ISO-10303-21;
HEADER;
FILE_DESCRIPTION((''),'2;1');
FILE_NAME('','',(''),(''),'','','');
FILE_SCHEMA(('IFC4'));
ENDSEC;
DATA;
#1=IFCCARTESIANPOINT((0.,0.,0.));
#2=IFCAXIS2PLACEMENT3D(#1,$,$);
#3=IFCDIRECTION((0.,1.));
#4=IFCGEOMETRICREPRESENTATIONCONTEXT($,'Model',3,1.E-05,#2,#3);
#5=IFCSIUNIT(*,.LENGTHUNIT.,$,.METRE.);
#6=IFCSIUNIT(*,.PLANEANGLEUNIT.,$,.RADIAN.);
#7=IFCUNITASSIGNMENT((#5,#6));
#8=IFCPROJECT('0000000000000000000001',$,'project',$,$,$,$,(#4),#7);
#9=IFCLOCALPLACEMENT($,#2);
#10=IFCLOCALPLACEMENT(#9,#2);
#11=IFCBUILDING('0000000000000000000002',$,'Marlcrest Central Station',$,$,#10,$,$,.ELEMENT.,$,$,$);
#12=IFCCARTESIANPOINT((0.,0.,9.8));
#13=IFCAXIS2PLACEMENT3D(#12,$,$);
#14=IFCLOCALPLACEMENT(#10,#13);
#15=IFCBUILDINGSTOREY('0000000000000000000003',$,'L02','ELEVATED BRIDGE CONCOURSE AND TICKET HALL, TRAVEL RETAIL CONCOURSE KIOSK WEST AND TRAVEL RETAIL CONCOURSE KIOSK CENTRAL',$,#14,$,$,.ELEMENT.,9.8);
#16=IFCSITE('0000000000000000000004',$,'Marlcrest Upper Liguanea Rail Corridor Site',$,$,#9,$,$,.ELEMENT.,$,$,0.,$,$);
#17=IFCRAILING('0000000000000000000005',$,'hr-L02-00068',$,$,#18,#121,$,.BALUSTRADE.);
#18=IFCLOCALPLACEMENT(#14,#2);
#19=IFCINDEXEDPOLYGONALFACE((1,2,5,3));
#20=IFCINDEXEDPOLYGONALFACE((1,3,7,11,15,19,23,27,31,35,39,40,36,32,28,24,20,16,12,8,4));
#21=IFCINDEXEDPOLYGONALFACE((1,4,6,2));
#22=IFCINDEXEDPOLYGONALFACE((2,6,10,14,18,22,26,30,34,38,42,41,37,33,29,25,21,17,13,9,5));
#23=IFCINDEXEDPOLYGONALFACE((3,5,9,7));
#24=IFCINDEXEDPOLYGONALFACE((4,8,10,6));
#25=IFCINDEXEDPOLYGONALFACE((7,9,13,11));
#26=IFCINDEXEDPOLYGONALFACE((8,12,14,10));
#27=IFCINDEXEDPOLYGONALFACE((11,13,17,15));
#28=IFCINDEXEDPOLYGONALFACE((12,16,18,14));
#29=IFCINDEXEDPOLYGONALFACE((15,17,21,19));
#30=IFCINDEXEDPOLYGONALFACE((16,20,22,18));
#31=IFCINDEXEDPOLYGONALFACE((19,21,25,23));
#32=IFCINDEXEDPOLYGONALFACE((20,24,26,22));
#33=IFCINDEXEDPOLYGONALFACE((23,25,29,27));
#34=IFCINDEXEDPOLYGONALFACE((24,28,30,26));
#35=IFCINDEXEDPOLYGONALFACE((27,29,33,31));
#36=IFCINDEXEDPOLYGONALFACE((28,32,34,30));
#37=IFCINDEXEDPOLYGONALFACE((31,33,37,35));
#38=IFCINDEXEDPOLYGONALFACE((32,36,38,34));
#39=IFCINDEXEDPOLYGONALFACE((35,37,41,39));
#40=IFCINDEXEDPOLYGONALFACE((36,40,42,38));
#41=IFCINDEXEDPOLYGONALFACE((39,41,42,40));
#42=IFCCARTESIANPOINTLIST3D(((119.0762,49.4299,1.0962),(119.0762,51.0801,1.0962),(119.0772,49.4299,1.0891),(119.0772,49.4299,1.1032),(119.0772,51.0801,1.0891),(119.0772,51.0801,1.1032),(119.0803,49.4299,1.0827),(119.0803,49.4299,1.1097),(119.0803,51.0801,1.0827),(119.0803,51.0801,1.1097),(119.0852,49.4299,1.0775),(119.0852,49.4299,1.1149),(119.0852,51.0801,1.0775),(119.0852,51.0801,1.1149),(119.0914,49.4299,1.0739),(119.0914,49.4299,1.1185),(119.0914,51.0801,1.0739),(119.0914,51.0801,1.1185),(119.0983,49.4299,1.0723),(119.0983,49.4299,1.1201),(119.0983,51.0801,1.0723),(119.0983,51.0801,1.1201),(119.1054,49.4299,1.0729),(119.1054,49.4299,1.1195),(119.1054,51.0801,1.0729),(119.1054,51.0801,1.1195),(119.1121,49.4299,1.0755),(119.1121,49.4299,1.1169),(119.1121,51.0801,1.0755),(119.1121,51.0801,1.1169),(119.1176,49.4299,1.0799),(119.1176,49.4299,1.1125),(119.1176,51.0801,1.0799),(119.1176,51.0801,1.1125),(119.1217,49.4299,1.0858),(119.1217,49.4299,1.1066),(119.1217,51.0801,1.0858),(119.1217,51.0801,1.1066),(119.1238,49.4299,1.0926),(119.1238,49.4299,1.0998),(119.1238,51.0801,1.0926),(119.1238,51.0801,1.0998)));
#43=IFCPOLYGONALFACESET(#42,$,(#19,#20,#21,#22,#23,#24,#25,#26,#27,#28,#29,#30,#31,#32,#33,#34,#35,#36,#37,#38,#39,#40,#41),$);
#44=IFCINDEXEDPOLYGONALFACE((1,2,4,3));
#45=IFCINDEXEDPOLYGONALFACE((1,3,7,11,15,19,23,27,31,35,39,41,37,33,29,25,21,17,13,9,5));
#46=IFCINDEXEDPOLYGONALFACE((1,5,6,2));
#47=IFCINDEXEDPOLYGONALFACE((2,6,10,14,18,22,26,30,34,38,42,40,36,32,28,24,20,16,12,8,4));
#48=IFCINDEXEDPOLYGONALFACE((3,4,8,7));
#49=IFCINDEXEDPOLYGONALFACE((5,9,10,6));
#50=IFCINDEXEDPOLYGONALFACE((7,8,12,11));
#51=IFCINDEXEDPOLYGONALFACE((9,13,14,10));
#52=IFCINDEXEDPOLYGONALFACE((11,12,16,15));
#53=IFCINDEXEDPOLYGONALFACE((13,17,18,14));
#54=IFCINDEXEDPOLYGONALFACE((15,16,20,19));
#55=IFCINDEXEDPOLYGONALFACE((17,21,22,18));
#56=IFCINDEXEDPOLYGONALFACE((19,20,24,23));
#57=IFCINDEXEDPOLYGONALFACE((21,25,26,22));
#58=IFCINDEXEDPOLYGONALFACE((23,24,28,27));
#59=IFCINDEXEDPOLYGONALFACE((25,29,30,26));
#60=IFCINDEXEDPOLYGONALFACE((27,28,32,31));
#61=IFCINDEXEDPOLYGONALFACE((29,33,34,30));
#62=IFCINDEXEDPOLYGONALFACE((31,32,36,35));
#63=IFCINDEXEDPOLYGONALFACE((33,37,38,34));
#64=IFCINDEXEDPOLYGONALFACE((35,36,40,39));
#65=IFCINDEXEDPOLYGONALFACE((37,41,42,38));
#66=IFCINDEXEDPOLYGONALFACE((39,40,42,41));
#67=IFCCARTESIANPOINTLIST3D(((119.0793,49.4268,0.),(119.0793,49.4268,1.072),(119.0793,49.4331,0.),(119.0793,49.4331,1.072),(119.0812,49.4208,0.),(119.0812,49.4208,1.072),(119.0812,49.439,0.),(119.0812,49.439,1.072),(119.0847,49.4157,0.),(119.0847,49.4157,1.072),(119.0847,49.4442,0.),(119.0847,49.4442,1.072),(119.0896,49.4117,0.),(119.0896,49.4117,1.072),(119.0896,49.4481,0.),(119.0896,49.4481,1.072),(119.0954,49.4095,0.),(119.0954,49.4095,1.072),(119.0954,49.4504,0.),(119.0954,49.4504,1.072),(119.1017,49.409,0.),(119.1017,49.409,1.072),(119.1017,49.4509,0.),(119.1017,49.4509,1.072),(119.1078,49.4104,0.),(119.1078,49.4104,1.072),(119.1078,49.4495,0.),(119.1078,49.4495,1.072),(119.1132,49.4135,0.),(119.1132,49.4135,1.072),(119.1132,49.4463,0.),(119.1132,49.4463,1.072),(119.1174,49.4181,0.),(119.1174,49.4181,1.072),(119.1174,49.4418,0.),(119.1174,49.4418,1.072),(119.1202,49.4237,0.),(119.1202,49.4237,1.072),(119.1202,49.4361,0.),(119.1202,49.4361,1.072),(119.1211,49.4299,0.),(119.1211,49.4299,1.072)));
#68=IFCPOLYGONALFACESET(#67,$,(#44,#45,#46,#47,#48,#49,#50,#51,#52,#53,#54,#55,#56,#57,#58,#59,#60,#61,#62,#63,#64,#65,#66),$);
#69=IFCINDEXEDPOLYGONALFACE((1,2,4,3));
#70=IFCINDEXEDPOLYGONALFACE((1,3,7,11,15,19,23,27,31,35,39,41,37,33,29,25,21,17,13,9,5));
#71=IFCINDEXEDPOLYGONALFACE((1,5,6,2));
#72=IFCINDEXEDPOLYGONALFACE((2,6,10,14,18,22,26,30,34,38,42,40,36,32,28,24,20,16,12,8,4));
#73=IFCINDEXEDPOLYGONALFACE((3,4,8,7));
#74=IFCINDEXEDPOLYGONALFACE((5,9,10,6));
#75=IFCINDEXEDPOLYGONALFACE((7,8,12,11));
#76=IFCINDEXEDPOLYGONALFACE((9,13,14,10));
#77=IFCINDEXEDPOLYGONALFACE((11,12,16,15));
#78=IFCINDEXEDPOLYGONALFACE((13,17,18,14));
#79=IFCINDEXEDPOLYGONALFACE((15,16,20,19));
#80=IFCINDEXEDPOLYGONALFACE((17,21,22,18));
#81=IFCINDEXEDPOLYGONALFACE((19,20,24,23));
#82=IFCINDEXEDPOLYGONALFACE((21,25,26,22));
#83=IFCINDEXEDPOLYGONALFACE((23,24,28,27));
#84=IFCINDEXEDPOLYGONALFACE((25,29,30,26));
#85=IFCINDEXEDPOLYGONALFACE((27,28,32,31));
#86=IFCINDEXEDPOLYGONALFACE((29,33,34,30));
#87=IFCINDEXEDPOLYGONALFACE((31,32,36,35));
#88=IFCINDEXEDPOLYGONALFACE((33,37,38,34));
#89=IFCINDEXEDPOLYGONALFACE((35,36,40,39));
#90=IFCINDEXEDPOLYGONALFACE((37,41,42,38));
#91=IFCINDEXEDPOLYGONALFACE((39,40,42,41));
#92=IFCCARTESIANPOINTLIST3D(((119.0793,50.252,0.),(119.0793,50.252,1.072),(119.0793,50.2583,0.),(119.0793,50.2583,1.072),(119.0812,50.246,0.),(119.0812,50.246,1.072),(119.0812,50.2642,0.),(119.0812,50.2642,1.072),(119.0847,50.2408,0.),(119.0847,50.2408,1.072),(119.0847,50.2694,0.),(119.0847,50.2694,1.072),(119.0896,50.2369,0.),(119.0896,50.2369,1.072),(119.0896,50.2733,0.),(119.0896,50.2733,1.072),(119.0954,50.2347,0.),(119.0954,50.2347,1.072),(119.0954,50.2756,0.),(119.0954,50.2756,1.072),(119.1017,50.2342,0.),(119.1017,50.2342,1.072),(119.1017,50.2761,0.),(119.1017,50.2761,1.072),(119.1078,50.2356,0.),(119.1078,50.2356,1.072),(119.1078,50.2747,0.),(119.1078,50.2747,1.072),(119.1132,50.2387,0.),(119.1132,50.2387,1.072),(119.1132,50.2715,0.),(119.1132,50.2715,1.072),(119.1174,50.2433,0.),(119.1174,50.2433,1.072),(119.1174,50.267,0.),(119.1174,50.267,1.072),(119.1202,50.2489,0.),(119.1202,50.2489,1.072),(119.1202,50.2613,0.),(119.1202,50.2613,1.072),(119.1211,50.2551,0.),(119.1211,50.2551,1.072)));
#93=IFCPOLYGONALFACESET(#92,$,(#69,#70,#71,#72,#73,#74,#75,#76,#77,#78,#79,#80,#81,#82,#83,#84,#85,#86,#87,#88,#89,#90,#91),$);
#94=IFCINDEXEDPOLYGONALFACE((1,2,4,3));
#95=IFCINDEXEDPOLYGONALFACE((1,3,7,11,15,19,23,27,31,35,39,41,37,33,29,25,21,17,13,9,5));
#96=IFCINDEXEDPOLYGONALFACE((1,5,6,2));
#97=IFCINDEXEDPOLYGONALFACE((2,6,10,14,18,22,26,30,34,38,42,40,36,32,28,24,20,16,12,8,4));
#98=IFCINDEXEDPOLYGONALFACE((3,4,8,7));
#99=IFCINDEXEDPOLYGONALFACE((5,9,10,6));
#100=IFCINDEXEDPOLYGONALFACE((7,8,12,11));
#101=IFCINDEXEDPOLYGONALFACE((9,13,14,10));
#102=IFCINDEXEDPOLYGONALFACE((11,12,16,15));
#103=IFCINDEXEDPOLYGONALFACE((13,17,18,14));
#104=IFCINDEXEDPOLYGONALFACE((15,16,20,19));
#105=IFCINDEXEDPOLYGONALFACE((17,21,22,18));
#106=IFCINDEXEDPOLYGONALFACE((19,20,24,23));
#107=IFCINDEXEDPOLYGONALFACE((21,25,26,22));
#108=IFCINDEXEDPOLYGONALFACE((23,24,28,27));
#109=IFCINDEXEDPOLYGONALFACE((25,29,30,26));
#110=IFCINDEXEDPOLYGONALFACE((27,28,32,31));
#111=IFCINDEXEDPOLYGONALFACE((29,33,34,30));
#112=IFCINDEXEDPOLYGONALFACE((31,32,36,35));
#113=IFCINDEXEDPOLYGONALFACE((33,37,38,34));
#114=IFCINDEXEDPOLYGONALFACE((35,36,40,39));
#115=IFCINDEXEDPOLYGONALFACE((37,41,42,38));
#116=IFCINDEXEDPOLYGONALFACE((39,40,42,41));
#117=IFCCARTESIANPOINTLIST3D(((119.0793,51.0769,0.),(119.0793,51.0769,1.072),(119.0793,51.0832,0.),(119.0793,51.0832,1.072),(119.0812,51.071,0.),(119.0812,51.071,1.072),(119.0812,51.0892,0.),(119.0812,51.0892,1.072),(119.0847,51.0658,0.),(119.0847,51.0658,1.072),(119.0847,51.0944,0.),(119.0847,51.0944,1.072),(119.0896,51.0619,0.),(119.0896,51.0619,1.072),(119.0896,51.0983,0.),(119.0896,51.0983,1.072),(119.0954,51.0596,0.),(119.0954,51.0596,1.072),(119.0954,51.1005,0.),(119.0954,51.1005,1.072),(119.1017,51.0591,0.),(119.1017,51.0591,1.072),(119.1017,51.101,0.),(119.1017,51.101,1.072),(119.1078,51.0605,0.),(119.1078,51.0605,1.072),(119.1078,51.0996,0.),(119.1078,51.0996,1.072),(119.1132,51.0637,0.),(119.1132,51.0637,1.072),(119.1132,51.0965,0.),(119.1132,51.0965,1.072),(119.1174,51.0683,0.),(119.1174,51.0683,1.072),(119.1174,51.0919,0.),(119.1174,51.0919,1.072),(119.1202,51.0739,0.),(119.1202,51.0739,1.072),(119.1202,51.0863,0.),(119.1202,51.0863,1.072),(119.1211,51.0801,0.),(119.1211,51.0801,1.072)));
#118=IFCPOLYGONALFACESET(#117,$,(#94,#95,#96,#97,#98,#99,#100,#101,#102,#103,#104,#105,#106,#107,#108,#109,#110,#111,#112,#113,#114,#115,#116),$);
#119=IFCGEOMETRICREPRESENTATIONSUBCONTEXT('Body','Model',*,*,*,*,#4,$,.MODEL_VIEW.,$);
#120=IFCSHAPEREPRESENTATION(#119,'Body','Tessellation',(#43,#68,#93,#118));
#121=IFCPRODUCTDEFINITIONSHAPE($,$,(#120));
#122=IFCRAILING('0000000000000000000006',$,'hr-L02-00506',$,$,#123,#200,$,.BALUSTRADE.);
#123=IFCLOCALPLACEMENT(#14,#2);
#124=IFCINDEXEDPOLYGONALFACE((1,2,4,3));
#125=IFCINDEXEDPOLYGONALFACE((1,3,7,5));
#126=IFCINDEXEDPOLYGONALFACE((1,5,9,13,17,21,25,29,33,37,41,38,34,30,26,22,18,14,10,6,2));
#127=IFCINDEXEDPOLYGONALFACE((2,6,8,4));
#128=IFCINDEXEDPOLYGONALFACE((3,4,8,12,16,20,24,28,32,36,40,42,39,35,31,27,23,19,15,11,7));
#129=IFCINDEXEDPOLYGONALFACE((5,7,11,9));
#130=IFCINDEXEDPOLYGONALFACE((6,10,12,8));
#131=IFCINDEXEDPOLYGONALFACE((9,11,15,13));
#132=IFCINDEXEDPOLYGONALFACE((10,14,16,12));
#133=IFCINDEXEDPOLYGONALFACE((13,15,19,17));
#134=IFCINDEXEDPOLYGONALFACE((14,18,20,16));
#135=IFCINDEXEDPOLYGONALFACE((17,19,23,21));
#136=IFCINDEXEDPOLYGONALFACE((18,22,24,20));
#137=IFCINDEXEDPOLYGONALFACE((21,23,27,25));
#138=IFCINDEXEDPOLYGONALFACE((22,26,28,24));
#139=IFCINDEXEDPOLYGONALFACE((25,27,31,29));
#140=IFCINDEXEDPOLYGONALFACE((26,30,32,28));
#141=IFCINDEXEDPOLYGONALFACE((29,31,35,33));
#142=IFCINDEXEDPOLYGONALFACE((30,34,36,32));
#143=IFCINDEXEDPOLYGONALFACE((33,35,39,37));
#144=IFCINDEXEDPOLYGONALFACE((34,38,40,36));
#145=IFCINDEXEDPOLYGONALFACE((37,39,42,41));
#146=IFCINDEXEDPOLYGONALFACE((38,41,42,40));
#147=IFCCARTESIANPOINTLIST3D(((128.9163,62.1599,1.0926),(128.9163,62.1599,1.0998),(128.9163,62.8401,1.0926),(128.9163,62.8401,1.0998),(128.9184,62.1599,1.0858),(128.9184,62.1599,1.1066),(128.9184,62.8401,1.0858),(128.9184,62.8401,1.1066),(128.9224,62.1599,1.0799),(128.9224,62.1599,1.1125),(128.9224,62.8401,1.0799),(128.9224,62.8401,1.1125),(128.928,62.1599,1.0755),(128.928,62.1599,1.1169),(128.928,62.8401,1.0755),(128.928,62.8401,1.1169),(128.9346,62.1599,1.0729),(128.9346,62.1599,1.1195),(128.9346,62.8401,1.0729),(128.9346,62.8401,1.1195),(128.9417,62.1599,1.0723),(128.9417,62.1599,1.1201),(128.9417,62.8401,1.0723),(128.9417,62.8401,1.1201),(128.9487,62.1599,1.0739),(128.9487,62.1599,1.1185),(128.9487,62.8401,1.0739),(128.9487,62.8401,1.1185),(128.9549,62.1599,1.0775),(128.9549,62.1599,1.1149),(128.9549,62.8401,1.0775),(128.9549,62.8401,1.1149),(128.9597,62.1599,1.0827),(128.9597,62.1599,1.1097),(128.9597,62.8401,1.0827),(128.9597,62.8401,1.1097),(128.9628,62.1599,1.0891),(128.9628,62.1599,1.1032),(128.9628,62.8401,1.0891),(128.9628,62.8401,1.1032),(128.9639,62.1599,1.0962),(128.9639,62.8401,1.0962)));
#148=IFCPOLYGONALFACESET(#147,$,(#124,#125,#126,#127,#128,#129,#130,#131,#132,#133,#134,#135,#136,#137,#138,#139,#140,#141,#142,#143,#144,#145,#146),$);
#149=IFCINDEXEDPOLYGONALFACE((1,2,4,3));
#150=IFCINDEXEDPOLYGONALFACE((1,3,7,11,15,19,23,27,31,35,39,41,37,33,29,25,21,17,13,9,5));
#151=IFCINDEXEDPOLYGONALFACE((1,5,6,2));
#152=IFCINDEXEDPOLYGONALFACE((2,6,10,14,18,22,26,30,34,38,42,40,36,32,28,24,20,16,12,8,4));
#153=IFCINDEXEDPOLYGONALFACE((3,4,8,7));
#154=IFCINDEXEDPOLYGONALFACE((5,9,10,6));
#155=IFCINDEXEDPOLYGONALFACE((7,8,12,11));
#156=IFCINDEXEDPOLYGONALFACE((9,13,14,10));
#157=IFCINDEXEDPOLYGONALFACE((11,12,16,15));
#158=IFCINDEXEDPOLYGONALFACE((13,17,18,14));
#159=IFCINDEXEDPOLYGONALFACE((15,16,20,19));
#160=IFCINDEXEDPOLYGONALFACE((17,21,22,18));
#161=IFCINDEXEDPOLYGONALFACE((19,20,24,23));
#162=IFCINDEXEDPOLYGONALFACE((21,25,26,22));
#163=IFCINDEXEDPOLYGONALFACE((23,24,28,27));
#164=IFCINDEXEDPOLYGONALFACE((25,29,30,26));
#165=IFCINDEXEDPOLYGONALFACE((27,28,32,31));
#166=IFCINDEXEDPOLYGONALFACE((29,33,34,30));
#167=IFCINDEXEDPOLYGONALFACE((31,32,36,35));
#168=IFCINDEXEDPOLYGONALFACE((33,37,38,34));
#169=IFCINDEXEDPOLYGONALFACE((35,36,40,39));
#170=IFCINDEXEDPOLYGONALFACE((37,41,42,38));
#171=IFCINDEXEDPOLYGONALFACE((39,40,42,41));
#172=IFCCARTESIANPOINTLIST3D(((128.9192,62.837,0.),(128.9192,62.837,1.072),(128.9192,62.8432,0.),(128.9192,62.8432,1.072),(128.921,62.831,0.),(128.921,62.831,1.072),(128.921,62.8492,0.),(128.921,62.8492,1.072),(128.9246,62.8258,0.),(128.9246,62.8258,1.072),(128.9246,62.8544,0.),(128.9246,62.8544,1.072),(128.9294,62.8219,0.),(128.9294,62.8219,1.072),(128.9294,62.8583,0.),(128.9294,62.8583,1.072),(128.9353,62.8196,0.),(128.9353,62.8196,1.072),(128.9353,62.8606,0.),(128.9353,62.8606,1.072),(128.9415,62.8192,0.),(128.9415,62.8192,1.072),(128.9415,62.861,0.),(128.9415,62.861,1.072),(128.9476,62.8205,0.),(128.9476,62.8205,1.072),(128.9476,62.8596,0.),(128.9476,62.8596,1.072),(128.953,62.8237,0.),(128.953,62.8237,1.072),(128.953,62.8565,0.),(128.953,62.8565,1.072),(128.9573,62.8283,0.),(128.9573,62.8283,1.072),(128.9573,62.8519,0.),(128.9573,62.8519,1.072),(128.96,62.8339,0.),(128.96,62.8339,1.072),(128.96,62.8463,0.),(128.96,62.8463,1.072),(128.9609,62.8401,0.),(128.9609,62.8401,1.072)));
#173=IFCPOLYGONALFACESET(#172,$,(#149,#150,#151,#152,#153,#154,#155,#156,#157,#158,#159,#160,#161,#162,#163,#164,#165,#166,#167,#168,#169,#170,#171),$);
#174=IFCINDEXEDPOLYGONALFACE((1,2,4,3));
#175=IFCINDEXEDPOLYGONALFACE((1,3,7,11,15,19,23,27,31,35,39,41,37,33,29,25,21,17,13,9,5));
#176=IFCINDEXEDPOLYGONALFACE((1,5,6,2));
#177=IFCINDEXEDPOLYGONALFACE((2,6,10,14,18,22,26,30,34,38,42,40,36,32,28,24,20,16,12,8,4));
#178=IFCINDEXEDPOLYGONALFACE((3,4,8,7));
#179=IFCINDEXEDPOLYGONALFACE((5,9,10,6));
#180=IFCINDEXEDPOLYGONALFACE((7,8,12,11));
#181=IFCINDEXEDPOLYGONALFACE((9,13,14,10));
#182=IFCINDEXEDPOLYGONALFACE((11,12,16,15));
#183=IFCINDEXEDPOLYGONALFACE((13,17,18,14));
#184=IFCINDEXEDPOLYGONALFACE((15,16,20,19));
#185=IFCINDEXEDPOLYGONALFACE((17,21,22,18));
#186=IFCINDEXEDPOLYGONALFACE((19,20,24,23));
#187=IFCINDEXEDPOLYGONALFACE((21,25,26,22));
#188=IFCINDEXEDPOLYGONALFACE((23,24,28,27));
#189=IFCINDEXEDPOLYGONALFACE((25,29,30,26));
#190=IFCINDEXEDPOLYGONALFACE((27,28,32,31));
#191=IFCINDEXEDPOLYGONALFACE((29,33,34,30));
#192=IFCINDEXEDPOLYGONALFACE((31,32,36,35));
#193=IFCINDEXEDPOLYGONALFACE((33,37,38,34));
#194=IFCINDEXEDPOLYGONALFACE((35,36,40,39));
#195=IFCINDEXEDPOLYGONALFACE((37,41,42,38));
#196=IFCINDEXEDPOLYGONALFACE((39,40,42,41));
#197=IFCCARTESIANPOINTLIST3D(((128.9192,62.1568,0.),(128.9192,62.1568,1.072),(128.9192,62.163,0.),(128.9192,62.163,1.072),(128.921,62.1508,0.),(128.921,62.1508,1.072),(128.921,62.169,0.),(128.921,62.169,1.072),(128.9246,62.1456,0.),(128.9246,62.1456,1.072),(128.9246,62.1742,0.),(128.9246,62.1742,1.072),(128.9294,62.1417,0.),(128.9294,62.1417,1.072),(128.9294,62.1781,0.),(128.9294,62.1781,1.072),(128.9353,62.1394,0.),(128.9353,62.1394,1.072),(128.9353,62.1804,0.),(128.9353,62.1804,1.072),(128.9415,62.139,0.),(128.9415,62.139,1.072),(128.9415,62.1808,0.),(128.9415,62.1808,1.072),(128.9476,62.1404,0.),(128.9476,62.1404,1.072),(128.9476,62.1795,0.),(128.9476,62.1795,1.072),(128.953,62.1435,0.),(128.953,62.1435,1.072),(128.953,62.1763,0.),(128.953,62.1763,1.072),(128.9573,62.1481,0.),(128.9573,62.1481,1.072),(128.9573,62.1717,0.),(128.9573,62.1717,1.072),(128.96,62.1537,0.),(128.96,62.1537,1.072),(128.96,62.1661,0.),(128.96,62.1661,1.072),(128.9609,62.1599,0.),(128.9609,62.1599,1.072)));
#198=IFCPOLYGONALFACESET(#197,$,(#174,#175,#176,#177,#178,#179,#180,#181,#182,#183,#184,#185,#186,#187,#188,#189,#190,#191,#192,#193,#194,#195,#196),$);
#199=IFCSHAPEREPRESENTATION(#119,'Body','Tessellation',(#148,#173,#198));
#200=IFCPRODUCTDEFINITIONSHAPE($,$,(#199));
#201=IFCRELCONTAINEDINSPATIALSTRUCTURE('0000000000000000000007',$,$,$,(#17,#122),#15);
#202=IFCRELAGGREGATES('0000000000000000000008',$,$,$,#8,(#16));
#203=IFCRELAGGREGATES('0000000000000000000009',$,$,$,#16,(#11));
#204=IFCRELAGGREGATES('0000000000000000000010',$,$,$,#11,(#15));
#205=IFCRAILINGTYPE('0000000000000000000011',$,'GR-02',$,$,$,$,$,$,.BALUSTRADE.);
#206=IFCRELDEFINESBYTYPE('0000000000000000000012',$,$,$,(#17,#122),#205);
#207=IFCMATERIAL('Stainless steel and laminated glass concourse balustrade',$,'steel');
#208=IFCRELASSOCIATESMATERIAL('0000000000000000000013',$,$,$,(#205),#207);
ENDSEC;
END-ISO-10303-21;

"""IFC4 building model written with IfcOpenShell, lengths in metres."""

from ifc_helpers import new_model, si_unit, direction, frame, origin, origin_2d, place, context, subcontext, project, spatial, circle, extrude, material, type_object, element, save


model = new_model("IFC4")

# Units and contexts
model_context = context("Model", 3, precision=1e-05, world=origin(), true_north=direction((0.0, 1.0)))
body_context = subcontext(model_context, "Body", "Model", "MODEL_VIEW")
ifc_project = project(units=[si_unit("LENGTHUNIT", "METRE"), si_unit("PLANEANGLEUNIT", "RADIAN")], contexts=[model_context])

# Site, building, storey
site_placement = place(None, origin())
site = spatial("IfcSite", under=ifc_project, at=site_placement, Name="Marlcrest Upper Liguanea Rail Corridor Site", CompositionType="ELEMENT", RefElevation=0.0)
building_placement = place(site_placement, origin())
building = spatial("IfcBuilding", under=site, at=building_placement, Name="Marlcrest Central Station", CompositionType="ELEMENT")
storey_placement = place(building_placement, frame((0.0, 0.0, 9.8)))
storey = spatial("IfcBuildingStorey", under=building, at=storey_placement, Name="L02", Description="ELEVATED BRIDGE CONCOURSE AND TICKET HALL, TRAVEL RETAIL CONCOURSE KIOSK WEST AND TRAVEL RETAIL CONCOURSE KIOSK CENTRAL", CompositionType="ELEMENT", Elevation=9.8)

# Railings
ifc_material_1 = material(Name="Stainless steel and laminated glass concourse balustrade", Category="steel")
railing_type = type_object("IfcRailingType", Name="GR-02", PredefinedType="BALUSTRADE", material=ifc_material_1)
railing_1_placement = place(storey_placement, frame((119.1001, 49.4299, 0.0)))
element("IfcRailing", 1, at=railing_1_placement, inside=storey, type_object=railing_type, Name="hr-L02-00068", PredefinedType="BALUSTRADE", context=body_context, shape_type="SweptSolid", body=[
    extrude(circle(Radius=0.0239, at=origin_2d()), frame((0.0, 0.0, 1.0962), z_axis=(0.0, 1.0, 0.0), x_axis=(-1.0, 0.0, 0.0)), (0.0, 0.0, 1.0), 1.6501),
    extrude(circle(Radius=0.021, at=origin_2d()), origin(), (0.0, 0.0, 1.0), 1.072),
    extrude(circle(Radius=0.021, at=origin_2d()), frame((0.0, 0.8252, 0.0)), (0.0, 0.0, 1.0), 1.072),
    extrude(circle(Radius=0.021, at=origin_2d()), frame((0.0, 1.6501, 0.0)), (0.0, 0.0, 1.0), 1.072),
])
for number, where, name in (
    (2, (128.9399, 62.8401, 0.0), "hr-L02-00506"),
):
    element("IfcRailing", number, at=place(storey_placement, frame(where)), inside=storey, type_object=railing_type, Name=name, PredefinedType="BALUSTRADE", context=body_context, shape_type="SweptSolid", body=[
        extrude(circle(Radius=0.0239, at=origin_2d()), frame((0.0, 0.0, 1.0962), z_axis=(0.0, -1.0, 0.0), x_axis=(1.0, 0.0, 0.0)), (0.0, 0.0, 1.0), 0.6802),
        extrude(circle(Radius=0.021, at=origin_2d()), origin(), (0.0, 0.0, 1.0), 1.072),
        extrude(circle(Radius=0.021, at=origin_2d()), frame((0.0, -0.6802, 0.0)), (0.0, 0.0, 1.0), 1.072),
    ])

save(model, "model.ifc")
